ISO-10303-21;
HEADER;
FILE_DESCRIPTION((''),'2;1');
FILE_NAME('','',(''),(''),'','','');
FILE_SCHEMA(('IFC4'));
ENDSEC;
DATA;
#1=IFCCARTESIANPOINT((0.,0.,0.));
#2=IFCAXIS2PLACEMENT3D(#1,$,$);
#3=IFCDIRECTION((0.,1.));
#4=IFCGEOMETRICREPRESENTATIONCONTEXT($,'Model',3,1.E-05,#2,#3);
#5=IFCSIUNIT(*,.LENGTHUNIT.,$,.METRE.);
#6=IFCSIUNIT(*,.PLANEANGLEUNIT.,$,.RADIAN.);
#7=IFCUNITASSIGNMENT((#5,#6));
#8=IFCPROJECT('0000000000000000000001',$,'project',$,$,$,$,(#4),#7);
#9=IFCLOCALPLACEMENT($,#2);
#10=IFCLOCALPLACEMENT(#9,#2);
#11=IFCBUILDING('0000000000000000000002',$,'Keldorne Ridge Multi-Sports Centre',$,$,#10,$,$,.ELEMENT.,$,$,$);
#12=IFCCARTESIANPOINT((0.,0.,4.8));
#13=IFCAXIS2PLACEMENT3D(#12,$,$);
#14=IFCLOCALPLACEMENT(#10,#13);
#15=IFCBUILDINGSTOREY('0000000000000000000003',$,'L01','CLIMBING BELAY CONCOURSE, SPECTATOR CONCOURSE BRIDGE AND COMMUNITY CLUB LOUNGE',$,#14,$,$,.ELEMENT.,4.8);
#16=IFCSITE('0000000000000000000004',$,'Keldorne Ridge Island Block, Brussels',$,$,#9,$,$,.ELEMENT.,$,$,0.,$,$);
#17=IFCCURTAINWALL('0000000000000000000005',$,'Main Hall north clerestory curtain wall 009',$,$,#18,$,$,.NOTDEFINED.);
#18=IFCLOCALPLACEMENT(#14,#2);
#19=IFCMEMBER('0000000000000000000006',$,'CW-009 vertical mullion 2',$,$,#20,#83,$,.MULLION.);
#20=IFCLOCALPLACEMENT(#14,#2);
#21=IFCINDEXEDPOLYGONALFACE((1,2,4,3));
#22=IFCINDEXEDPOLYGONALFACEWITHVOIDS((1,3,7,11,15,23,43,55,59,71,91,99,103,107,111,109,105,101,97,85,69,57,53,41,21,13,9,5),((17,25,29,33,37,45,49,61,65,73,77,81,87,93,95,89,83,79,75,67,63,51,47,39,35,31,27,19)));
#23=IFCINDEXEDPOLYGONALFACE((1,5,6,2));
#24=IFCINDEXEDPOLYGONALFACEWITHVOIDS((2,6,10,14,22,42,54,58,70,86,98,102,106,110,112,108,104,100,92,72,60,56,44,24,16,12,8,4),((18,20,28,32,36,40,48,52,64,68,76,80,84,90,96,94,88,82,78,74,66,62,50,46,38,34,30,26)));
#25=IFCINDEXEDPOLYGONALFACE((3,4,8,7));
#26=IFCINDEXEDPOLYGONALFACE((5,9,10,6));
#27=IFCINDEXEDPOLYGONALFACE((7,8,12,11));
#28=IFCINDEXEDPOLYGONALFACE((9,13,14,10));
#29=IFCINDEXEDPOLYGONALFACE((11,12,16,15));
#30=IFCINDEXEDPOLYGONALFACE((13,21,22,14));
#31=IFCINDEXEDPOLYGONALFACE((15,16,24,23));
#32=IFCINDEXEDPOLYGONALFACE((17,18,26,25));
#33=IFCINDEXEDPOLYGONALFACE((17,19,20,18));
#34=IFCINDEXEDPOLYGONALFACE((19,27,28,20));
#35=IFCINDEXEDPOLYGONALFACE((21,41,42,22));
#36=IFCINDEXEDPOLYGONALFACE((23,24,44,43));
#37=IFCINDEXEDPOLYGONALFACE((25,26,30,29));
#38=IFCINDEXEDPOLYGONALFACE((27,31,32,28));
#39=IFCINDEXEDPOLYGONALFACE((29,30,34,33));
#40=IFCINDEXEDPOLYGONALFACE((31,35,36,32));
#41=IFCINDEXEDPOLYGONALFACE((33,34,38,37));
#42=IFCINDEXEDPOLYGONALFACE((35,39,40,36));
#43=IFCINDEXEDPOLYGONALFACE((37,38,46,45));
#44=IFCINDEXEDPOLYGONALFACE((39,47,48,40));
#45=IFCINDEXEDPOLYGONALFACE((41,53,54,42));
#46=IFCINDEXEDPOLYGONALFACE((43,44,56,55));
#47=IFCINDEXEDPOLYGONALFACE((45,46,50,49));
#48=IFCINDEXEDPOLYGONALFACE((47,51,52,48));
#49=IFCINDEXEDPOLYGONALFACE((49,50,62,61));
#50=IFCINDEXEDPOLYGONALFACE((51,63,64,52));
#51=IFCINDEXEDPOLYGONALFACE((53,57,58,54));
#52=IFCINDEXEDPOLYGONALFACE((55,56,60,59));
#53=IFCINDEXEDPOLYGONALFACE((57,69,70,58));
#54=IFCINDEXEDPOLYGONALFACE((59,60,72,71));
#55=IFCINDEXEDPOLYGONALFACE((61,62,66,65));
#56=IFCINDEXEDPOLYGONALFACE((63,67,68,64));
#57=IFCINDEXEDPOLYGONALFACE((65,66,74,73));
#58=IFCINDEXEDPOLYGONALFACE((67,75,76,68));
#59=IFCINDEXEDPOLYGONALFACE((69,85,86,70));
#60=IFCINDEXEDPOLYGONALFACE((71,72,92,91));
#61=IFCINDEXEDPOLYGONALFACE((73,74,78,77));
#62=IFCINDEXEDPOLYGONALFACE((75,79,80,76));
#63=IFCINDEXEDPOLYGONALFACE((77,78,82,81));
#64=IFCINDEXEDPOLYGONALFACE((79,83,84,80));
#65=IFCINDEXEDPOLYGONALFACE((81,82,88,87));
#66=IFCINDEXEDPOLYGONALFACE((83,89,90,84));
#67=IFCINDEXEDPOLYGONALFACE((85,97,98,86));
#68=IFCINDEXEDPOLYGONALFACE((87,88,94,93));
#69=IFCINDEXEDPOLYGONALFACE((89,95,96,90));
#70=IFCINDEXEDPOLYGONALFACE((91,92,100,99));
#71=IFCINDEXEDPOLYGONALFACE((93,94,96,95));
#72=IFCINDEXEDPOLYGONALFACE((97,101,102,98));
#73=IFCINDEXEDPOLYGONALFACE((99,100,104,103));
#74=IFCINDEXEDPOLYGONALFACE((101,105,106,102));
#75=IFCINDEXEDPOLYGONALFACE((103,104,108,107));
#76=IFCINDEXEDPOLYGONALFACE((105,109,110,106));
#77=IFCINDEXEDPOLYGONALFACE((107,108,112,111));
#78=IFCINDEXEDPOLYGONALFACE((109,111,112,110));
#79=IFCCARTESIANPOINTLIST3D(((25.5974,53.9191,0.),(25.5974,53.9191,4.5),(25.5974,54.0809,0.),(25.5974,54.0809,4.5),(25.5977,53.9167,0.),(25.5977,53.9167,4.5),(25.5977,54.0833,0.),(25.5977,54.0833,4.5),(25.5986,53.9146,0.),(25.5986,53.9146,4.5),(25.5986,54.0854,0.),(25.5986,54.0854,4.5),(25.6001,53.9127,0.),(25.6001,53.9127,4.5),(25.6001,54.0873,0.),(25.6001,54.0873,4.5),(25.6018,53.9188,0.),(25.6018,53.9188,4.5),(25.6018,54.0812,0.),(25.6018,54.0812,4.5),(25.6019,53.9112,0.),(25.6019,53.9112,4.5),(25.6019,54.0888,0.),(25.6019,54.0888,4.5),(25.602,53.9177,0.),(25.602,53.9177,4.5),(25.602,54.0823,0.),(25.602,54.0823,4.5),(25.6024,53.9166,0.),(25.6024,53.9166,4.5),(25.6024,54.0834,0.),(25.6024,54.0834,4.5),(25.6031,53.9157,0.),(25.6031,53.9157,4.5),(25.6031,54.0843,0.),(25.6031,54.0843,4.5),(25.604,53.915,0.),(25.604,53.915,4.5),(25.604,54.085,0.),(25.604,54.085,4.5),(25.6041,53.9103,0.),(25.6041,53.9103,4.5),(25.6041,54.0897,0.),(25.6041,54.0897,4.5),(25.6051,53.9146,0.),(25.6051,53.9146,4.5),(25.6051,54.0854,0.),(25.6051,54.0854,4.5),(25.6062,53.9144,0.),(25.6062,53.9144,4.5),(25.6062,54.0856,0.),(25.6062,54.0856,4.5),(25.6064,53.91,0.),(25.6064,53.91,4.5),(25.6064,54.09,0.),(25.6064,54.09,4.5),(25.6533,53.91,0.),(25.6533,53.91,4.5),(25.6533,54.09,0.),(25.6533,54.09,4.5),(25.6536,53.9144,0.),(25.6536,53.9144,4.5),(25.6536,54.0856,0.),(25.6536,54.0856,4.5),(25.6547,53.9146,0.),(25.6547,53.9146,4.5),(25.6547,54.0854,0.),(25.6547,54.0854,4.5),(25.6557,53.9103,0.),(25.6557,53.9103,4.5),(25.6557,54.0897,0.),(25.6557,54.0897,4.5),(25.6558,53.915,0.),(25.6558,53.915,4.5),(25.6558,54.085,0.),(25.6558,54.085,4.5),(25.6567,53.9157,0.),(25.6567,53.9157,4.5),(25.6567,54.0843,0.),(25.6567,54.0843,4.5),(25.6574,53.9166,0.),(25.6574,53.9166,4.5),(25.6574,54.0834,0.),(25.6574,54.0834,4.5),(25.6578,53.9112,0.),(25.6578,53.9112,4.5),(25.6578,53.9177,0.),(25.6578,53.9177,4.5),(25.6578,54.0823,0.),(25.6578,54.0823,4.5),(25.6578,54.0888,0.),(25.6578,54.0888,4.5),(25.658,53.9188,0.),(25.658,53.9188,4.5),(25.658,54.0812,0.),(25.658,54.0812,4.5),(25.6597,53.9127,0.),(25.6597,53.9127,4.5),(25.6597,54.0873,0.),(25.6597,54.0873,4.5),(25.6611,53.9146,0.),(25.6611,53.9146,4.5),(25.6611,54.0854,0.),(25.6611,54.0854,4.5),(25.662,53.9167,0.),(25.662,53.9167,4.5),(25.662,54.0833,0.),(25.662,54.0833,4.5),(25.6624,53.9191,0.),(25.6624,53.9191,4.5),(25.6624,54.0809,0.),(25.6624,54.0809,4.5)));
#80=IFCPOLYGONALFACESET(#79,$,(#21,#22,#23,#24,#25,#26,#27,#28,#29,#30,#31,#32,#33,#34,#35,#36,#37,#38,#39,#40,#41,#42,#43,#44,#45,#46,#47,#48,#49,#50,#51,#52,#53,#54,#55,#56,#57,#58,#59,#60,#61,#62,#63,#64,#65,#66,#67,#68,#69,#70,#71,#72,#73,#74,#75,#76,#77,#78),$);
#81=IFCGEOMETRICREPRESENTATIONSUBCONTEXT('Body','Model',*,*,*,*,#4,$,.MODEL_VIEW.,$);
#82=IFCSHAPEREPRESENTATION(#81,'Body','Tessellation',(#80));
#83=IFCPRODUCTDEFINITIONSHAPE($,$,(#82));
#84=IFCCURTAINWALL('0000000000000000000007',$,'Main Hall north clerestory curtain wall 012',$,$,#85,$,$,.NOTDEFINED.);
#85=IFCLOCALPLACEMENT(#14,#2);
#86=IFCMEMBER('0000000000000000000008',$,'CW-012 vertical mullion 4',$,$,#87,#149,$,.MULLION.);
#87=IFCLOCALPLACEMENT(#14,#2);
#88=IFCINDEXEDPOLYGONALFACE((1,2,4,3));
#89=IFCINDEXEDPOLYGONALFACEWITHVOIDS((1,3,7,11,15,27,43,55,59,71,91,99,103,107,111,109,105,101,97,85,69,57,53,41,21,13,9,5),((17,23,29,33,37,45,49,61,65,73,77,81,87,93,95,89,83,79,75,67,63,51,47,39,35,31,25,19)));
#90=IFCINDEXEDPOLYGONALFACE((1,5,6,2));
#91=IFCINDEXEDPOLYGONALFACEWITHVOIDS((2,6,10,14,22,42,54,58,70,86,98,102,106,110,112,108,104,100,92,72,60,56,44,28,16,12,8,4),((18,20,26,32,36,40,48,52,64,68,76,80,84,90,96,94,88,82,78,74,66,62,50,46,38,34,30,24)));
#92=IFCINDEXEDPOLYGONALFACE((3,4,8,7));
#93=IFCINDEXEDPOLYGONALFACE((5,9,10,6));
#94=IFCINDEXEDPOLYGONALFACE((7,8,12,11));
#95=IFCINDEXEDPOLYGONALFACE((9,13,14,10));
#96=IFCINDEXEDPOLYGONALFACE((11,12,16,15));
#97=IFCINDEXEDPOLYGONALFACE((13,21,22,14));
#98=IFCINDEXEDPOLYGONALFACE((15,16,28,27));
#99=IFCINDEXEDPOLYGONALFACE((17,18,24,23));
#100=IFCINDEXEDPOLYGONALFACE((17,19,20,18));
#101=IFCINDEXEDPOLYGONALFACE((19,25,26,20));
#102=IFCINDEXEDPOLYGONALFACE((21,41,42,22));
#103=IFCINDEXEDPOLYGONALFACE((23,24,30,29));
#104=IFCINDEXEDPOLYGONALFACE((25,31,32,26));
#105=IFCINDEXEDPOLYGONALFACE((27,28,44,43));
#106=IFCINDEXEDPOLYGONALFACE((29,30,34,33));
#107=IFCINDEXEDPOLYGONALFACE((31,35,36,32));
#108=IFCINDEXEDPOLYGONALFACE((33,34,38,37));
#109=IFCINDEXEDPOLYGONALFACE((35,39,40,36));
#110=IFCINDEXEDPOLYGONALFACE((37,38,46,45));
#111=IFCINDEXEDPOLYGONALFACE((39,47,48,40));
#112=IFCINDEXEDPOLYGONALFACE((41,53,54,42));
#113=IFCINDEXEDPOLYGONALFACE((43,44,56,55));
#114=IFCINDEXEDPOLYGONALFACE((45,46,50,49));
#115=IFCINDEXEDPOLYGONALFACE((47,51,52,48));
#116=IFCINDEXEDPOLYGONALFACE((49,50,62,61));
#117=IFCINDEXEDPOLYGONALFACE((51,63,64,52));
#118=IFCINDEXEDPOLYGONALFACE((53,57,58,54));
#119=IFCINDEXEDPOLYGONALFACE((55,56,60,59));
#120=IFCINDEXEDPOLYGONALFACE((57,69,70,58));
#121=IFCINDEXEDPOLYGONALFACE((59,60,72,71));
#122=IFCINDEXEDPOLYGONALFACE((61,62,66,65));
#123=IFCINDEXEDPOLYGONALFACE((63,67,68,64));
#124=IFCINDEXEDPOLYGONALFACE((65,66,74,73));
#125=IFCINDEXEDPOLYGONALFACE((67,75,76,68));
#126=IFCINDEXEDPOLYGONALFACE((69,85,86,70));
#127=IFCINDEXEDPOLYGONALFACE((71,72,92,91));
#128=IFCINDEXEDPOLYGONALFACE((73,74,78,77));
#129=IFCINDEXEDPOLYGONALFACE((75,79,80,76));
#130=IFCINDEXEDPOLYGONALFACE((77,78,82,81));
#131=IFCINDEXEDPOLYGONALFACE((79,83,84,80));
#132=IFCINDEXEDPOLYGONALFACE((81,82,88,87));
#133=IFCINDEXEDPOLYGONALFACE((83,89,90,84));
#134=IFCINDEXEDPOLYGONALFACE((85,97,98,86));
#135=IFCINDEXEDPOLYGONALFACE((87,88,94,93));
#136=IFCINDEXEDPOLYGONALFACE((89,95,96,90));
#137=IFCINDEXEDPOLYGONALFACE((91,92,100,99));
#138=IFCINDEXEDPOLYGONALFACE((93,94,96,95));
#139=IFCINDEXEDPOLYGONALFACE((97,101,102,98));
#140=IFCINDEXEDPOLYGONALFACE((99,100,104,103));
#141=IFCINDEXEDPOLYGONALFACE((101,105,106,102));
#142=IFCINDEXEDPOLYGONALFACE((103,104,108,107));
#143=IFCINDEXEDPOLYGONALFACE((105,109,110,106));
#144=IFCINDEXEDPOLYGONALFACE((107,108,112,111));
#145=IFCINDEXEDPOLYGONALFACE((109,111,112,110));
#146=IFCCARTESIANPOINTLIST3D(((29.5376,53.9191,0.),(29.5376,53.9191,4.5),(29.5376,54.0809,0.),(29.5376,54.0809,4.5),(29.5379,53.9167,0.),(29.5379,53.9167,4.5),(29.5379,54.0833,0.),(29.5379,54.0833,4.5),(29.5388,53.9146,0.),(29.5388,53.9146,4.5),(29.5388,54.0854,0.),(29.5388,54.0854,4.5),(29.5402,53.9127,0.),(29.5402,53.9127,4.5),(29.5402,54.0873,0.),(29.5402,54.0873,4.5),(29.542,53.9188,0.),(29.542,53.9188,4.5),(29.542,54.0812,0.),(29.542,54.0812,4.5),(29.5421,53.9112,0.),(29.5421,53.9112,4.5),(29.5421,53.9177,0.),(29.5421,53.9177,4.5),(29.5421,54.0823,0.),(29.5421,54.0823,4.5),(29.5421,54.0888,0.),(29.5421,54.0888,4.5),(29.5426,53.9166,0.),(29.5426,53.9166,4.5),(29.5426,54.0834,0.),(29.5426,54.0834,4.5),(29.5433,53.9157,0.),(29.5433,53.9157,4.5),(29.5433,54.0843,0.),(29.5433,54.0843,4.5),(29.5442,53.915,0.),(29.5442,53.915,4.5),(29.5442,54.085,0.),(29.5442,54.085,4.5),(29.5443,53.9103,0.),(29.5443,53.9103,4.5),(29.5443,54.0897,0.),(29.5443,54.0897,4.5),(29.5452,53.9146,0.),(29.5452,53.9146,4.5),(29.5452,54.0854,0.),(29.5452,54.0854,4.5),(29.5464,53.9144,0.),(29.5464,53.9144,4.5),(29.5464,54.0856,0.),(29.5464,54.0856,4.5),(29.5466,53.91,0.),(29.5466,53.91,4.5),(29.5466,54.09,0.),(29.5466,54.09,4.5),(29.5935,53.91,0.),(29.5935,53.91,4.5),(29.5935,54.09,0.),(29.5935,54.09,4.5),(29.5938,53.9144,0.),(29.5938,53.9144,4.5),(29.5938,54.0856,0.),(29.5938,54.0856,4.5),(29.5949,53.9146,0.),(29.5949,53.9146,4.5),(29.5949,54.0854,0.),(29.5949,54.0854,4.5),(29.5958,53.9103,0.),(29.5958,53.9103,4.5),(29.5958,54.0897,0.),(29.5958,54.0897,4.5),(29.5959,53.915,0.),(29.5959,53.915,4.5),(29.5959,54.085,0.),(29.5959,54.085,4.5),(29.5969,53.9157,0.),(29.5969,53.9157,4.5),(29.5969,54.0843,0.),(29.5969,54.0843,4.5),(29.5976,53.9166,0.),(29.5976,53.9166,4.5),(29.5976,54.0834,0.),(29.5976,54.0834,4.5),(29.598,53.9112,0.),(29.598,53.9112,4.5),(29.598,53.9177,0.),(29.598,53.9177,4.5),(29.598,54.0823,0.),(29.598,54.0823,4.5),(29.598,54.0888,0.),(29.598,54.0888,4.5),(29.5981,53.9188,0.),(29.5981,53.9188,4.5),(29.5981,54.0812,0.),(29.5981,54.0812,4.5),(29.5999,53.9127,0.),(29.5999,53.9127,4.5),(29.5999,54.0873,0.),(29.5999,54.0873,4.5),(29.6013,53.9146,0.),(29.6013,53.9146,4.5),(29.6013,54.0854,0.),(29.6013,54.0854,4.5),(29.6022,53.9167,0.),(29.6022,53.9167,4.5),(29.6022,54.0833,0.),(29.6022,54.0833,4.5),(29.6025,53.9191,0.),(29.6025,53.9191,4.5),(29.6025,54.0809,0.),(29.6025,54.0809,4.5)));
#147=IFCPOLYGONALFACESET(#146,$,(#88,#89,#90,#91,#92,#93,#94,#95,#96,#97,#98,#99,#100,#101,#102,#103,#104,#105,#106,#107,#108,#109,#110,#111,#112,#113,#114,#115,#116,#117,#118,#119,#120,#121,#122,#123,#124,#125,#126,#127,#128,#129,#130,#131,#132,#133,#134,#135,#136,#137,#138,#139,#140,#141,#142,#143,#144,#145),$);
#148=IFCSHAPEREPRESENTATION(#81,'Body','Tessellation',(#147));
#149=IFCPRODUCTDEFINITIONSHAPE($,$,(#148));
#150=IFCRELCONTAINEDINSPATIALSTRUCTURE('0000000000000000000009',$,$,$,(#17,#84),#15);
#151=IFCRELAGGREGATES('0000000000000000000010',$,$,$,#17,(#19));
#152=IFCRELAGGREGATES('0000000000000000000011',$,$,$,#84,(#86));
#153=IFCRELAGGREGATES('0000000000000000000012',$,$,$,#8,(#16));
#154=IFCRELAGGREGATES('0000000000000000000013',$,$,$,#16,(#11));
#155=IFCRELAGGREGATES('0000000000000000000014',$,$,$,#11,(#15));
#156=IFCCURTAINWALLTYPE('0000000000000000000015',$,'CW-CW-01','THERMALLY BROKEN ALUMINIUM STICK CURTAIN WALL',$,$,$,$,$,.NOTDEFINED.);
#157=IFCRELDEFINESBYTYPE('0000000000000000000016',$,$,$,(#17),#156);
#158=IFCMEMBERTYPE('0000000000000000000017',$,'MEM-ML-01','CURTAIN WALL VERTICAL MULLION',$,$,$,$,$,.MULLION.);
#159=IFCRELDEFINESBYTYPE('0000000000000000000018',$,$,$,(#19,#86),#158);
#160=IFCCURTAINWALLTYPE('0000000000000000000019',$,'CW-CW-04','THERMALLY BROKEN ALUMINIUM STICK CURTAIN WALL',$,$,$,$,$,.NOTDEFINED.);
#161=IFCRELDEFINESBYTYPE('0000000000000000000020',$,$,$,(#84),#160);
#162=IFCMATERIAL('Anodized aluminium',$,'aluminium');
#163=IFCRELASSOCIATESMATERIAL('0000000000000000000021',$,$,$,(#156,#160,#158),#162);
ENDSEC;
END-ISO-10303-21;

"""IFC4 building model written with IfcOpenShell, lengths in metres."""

from ifc_helpers import new_model, si_unit, direction, frame, origin, origin_2d, place, context, subcontext, project, spatial, hollow_rectangle, extrude, material, material_profile, profile_set, type_object, element, aggregate, save


model = new_model("IFC4")

# Units and contexts
model_context = context("Model", 3, precision=1e-05, world=origin(), true_north=direction((0.0, 1.0)))
body_context = subcontext(model_context, "Body", "Model", "MODEL_VIEW")
ifc_project = project(units=[si_unit("LENGTHUNIT", "METRE"), si_unit("PLANEANGLEUNIT", "RADIAN")], contexts=[model_context])

# Site, building, storey
site_placement = place(None, origin())
site = spatial("IfcSite", under=ifc_project, at=site_placement, Name="Keldorne Ridge Island Block, Brussels", CompositionType="ELEMENT", RefElevation=0.0)
building_placement = place(site_placement, origin())
building = spatial("IfcBuilding", under=site, at=building_placement, Name="Keldorne Ridge Multi-Sports Centre", CompositionType="ELEMENT")
storey_placement = place(building_placement, frame((0.0, 0.0, 4.8)))
storey = spatial("IfcBuildingStorey", under=building, at=storey_placement, Name="L01", Description="CLIMBING BELAY CONCOURSE, SPECTATOR CONCOURSE BRIDGE AND COMMUNITY CLUB LOUNGE", CompositionType="ELEMENT", Elevation=4.8)

# Curtain walls, members
ifc_material_1 = material(Name="Anodized aluminium", Category="aluminium")
curtain_wall_type_1 = type_object("IfcCurtainWallType", Name="CW-CW-01", Description="THERMALLY BROKEN ALUMINIUM STICK CURTAIN WALL", PredefinedType="NOTDEFINED", material=ifc_material_1)
curtain_wall_1_placement = place(storey_placement, origin())
curtain_wall_1 = element("IfcCurtainWall", 1, at=curtain_wall_1_placement, inside=storey, type_object=curtain_wall_type_1, Name="Main Hall north clerestory curtain wall 009", PredefinedType="NOTDEFINED")
ifc_material_profile_1 = material_profile(ifc_material_1, hollow_rectangle(XDim=0.0649, YDim=0.1799, WallThickness=0.0044, InnerFilletRadius=0.0044, OuterFilletRadius=0.009, at=origin_2d()), Name="ALU MULLION 180x65x4.5")
ifc_profile_set_1 = profile_set([ifc_material_profile_1], Name="Anodized aluminium")
member_type_1 = type_object("IfcMemberType", Name="MEM-ML-01", Description="CURTAIN WALL VERTICAL MULLION", PredefinedType="MULLION", material=ifc_profile_set_1)
member_1_placement = place(storey_placement, frame((25.6299, 54.0, 0.0), z_axis=(0.0, 0.0, 1.0), x_axis=(1.0, 0.0, 0.0)))
member_1 = element("IfcMember", 2, at=member_1_placement, type_object=member_type_1, Name="CW-009 vertical mullion 2", PredefinedType="MULLION", context=body_context, shape_type="SweptSolid", body=[
    extrude(hollow_rectangle(XDim=0.0649, YDim=0.1799, WallThickness=0.0044, InnerFilletRadius=0.0044, OuterFilletRadius=0.009, at=origin_2d()), origin(), (0.0, 0.0, 1.0), 4.5),
])
curtain_wall_type_2 = type_object("IfcCurtainWallType", Name="CW-CW-04", Description="THERMALLY BROKEN ALUMINIUM STICK CURTAIN WALL", PredefinedType="NOTDEFINED", material=ifc_material_1)
curtain_wall_2_placement = place(storey_placement, origin())
curtain_wall_2 = element("IfcCurtainWall", 3, at=curtain_wall_2_placement, inside=storey, type_object=curtain_wall_type_2, Name="Main Hall north clerestory curtain wall 012", PredefinedType="NOTDEFINED")
member_2_placement = place(storey_placement, frame((29.5701, 54.0, 0.0), z_axis=(0.0, 0.0, 1.0), x_axis=(1.0, 0.0, 0.0)))
member_2 = element("IfcMember", 4, at=member_2_placement, type_object=member_type_1, Name="CW-012 vertical mullion 4", PredefinedType="MULLION", context=body_context, shape_type="SweptSolid", body=[
    extrude(hollow_rectangle(XDim=0.0649, YDim=0.1799, WallThickness=0.0044, InnerFilletRadius=0.0044, OuterFilletRadius=0.009, at=origin_2d()), origin(), (0.0, 0.0, 1.0), 4.5),
])

aggregate(curtain_wall_1, [member_1])
aggregate(curtain_wall_2, [member_2])

save(model, "model.ifc")
